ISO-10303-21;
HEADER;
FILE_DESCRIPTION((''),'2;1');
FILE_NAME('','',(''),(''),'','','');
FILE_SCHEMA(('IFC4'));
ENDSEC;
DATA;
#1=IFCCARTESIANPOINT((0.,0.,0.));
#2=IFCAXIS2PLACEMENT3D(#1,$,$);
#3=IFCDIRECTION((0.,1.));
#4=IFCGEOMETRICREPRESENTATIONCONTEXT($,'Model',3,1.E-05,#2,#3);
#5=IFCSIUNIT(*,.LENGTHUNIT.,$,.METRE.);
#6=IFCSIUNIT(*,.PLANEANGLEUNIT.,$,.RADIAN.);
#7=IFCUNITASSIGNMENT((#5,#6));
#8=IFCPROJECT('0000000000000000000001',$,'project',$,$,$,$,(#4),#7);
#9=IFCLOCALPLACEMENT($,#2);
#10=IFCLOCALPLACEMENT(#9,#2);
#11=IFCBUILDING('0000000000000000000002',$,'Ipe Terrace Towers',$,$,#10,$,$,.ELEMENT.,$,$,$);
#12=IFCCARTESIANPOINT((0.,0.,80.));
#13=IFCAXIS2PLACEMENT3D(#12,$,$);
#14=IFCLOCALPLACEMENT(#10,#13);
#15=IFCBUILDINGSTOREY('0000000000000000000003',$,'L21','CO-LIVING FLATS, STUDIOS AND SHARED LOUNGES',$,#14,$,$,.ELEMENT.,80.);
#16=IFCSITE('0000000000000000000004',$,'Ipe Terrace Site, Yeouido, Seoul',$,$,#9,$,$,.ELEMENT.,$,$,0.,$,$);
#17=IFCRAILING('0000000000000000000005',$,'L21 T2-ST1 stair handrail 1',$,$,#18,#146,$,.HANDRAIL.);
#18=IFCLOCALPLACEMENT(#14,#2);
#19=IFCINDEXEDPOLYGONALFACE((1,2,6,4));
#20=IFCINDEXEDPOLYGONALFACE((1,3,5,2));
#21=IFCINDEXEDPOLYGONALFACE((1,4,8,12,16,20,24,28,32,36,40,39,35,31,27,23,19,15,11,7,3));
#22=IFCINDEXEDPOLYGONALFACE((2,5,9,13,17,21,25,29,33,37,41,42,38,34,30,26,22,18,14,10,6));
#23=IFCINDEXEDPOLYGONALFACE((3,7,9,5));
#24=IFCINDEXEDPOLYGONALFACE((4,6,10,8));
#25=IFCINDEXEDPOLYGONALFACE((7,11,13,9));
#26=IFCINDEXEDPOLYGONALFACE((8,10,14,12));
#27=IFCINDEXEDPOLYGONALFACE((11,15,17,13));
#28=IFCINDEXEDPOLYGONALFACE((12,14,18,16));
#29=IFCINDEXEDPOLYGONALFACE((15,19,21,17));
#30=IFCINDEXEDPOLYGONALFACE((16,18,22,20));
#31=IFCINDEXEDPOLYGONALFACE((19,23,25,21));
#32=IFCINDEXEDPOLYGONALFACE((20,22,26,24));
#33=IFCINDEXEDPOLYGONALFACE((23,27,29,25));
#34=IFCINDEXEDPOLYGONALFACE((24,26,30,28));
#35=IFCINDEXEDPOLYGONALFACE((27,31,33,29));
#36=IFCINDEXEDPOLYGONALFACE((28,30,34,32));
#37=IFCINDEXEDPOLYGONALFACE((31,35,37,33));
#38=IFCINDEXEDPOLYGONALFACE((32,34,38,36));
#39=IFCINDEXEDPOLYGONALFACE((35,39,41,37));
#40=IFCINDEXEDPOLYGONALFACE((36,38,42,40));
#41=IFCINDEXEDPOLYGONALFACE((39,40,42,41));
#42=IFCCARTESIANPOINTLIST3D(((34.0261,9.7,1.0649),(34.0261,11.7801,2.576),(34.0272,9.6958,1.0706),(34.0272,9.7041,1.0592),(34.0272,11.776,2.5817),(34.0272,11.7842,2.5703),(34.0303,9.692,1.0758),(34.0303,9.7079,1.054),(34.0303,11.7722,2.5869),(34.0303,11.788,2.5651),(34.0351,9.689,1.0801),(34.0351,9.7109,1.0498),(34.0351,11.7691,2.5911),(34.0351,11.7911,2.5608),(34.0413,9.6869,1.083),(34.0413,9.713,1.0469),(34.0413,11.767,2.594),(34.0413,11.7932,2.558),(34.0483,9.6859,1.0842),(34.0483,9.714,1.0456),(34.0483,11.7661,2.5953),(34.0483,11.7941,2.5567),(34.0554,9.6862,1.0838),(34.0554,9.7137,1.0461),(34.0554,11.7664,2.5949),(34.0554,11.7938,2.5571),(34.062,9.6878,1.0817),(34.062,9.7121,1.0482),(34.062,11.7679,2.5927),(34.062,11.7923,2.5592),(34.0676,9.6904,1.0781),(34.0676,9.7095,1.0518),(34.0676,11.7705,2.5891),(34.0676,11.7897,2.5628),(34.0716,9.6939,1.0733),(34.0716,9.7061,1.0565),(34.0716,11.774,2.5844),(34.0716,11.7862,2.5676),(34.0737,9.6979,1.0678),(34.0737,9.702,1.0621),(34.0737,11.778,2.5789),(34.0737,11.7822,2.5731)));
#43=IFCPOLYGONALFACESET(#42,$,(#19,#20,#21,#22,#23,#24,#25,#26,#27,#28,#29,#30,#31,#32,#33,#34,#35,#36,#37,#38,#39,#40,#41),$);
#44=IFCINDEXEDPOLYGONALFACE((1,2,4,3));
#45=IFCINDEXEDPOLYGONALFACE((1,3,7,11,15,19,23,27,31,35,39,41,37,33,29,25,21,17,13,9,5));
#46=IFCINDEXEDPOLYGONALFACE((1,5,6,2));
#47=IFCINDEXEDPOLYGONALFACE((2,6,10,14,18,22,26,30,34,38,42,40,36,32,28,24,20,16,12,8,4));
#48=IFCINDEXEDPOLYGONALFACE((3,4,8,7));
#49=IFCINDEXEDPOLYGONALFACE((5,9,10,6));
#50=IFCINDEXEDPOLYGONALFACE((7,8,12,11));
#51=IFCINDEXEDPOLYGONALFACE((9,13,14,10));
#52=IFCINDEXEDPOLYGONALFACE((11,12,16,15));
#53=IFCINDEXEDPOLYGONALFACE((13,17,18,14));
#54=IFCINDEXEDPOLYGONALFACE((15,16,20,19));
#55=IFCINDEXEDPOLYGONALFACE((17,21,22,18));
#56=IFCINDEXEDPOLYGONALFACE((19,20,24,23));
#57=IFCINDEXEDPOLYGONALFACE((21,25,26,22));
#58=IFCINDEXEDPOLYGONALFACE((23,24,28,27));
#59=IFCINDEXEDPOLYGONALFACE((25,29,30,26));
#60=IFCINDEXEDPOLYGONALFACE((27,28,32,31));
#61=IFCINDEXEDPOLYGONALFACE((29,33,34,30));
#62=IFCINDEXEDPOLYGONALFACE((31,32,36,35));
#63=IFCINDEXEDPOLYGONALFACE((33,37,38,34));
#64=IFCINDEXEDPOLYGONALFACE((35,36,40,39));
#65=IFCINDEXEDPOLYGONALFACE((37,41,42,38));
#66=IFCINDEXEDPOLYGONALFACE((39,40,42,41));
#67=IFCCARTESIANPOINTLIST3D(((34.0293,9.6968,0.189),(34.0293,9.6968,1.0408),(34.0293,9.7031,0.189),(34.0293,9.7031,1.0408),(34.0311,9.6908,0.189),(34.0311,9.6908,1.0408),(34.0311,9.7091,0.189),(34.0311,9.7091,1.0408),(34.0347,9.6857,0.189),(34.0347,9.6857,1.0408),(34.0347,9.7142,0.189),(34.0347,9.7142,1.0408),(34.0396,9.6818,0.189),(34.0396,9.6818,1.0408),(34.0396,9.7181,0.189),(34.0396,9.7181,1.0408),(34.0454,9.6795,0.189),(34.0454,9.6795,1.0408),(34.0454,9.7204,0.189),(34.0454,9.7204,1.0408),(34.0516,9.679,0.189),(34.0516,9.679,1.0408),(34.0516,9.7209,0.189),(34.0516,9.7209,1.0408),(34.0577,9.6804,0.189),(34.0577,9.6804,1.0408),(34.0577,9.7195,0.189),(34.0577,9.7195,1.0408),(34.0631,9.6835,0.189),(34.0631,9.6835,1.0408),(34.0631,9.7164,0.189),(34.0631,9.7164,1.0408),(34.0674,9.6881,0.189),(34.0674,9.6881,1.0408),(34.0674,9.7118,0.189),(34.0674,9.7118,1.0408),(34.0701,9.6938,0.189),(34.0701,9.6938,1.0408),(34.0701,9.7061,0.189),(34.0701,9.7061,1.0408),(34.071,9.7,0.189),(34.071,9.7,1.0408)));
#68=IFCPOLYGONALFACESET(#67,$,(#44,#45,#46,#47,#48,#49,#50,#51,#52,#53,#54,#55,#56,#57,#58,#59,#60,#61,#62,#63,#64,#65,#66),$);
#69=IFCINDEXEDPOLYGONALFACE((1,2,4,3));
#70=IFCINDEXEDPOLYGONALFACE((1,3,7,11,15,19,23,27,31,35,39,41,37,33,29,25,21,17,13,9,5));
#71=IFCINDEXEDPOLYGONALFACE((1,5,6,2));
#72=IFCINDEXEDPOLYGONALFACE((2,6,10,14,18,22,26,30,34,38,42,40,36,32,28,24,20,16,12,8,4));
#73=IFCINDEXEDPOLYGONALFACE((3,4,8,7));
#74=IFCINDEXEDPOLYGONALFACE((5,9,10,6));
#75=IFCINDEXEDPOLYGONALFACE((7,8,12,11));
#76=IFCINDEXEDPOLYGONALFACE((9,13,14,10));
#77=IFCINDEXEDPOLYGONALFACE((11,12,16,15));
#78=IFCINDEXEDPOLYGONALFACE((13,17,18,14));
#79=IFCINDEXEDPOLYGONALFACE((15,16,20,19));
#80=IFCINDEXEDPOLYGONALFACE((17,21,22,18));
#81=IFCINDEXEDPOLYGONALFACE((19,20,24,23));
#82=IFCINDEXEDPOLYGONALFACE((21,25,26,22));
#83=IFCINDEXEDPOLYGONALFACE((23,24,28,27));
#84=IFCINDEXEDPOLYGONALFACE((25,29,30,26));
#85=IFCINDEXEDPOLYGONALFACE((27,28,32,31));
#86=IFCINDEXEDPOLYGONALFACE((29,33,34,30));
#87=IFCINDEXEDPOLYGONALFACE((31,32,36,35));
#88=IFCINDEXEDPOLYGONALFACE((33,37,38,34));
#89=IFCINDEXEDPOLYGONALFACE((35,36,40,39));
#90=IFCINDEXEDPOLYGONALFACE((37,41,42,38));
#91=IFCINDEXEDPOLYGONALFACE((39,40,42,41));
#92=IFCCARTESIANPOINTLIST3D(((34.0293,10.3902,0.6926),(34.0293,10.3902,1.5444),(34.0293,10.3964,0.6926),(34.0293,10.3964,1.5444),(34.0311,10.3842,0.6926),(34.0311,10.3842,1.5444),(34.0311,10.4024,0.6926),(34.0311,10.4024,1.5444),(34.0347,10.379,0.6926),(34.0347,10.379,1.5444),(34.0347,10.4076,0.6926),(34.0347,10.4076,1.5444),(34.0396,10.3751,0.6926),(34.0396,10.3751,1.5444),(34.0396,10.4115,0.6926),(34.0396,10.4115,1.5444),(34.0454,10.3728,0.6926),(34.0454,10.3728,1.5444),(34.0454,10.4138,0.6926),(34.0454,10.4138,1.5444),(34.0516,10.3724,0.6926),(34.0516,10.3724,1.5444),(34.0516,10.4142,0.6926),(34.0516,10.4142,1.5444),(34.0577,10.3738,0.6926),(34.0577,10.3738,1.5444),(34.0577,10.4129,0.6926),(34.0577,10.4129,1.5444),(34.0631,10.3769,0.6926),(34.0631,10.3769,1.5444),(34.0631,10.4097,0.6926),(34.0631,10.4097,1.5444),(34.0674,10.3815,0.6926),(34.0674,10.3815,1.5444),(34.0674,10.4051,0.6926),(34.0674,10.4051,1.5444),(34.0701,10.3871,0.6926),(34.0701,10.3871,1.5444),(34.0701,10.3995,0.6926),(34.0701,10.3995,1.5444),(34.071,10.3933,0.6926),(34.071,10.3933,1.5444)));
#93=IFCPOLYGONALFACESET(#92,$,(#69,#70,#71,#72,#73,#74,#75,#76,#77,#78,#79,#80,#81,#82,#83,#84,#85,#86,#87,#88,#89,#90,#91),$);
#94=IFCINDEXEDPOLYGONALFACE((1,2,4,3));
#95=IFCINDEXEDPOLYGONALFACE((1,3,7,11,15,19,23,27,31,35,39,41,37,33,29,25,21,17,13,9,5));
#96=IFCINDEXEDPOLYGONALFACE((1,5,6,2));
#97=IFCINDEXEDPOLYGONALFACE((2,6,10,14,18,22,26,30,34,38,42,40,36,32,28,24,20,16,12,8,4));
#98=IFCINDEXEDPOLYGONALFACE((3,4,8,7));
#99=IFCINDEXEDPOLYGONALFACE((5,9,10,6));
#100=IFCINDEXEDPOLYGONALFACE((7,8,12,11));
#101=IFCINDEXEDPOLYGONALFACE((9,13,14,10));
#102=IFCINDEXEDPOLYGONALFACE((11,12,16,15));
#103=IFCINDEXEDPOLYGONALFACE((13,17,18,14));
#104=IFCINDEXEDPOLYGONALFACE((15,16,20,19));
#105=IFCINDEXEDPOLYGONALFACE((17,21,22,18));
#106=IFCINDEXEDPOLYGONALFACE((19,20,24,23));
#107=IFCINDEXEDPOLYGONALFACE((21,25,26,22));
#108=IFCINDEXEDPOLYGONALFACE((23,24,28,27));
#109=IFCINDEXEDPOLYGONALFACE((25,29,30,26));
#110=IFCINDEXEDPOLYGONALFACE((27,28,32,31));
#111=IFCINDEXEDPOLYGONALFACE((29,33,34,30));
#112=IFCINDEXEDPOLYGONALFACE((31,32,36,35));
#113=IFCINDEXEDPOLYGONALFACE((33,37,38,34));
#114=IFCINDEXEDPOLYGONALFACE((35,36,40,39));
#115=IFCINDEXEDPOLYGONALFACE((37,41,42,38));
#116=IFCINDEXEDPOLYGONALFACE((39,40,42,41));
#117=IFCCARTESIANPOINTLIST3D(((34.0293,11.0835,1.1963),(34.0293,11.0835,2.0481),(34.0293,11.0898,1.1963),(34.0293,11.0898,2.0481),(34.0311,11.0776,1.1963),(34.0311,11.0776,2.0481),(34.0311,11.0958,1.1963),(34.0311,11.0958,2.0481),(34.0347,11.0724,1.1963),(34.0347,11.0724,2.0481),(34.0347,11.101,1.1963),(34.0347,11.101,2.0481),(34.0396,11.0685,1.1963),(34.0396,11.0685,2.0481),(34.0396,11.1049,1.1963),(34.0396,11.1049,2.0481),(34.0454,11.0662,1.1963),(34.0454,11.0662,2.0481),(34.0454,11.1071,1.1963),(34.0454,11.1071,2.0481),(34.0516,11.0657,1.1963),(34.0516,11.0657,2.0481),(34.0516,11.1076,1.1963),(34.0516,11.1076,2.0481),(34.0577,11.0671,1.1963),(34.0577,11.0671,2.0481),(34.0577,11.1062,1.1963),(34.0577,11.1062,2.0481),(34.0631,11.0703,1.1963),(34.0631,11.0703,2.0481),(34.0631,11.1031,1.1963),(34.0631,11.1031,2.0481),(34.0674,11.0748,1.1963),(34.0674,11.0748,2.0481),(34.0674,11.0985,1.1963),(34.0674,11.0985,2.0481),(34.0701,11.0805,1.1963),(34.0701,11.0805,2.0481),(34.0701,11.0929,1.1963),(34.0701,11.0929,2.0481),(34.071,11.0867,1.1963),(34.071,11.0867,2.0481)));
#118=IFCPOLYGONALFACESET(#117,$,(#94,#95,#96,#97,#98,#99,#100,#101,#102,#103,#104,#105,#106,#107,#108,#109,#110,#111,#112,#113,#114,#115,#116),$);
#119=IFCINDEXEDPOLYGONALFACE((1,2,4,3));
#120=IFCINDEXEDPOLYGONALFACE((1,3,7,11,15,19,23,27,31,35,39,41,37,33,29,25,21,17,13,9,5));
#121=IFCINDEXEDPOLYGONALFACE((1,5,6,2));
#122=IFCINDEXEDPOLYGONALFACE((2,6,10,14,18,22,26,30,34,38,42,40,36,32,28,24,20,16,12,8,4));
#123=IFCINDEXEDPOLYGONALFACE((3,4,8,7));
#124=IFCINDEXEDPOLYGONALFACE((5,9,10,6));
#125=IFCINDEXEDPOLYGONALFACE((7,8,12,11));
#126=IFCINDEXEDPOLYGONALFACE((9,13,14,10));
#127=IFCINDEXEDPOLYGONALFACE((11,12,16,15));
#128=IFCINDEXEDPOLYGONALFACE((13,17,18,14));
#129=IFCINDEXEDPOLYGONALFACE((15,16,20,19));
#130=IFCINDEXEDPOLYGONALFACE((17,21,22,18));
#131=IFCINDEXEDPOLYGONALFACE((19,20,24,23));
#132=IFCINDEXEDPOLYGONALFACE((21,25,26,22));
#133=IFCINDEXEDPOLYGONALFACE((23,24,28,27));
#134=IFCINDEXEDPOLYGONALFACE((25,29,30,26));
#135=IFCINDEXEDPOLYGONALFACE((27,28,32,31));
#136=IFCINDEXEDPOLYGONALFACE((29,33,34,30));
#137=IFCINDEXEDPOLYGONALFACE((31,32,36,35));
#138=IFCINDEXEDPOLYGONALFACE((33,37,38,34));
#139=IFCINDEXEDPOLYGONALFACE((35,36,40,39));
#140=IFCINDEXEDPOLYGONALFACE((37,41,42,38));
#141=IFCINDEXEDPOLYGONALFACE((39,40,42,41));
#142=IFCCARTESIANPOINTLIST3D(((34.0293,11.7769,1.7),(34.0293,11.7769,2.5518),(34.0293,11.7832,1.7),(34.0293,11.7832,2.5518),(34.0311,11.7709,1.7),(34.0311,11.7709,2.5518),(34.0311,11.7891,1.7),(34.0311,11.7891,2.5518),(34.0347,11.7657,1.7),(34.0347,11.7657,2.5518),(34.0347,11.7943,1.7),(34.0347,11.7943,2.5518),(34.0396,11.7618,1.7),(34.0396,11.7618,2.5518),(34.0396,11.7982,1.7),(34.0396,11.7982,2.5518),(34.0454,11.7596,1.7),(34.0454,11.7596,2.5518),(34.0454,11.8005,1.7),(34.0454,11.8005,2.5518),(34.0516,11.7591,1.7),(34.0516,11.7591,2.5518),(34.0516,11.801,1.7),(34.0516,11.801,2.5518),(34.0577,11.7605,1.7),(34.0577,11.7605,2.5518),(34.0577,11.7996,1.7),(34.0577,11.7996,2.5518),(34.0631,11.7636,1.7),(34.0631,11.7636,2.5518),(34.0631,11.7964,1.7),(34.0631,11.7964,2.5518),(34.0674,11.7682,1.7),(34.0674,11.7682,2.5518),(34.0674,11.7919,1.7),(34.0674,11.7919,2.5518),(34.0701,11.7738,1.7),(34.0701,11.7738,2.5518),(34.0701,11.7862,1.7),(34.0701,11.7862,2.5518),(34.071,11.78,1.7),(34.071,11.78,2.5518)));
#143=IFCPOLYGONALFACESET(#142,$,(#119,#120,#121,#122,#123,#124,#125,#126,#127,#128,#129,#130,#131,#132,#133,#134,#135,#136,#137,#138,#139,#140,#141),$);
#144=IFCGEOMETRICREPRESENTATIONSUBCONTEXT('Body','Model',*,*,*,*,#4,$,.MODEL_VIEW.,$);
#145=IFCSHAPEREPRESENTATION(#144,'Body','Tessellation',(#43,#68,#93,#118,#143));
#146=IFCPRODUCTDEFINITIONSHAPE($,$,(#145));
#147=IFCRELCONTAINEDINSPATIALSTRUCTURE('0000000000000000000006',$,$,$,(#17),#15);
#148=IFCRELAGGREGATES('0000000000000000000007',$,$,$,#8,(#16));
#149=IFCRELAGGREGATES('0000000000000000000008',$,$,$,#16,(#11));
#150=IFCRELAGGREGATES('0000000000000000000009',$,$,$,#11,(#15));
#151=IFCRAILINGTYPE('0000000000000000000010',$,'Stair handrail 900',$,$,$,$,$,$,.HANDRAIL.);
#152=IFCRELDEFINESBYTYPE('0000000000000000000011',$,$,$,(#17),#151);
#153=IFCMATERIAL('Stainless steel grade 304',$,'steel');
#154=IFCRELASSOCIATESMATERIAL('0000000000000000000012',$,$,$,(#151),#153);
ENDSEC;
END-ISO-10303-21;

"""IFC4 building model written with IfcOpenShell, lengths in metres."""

from ifc_helpers import new_model, si_unit, direction, frame, origin, origin_2d, place, context, subcontext, project, spatial, circle, extrude, material, type_object, element, save


model = new_model("IFC4")

# Units and contexts
model_context = context("Model", 3, precision=1e-05, world=origin(), true_north=direction((0.0, 1.0)))
body_context = subcontext(model_context, "Body", "Model", "MODEL_VIEW")
ifc_project = project(units=[si_unit("LENGTHUNIT", "METRE"), si_unit("PLANEANGLEUNIT", "RADIAN")], contexts=[model_context])

# Site, building, storey
site_placement = place(None, origin())
site = spatial("IfcSite", under=ifc_project, at=site_placement, Name="Ipe Terrace Site, Yeouido, Seoul", CompositionType="ELEMENT", RefElevation=0.0)
building_placement = place(site_placement, origin())
building = spatial("IfcBuilding", under=site, at=building_placement, Name="Ipe Terrace Towers", CompositionType="ELEMENT")
storey_placement = place(building_placement, frame((0.0, 0.0, 80.0)))
storey = spatial("IfcBuildingStorey", under=building, at=storey_placement, Name="L21", Description="CO-LIVING FLATS, STUDIOS AND SHARED LOUNGES", CompositionType="ELEMENT", Elevation=80.0)

# Railing
ifc_material_1 = material(Name="Stainless steel grade 304", Category="steel")
railing_type_1 = type_object("IfcRailingType", Name="Stair handrail 900", PredefinedType="HANDRAIL", material=ifc_material_1)
railing_1_placement = place(storey_placement, frame((34.05, 9.7, 0.189)))
element("IfcRailing", 1, at=railing_1_placement, inside=storey, type_object=railing_type_1, Name="L21 T2-ST1 stair handrail 1", PredefinedType="HANDRAIL", context=body_context, shape_type="SweptSolid", body=[
    extrude(circle(Radius=0.0239, at=origin_2d()), frame((0.0, 0.0, 0.876), z_axis=(0.0, 0.809069, 0.587714), x_axis=(-1.0, 0.0, 0.0)), (0.0, 0.0, 1.0), 2.571),
    extrude(circle(Radius=0.021, at=origin_2d()), origin(), (0.0, 0.0, 1.0), 0.8518),
    extrude(circle(Radius=0.021, at=origin_2d()), frame((0.0, 0.6934, 0.5037)), (0.0, 0.0, 1.0), 0.8518),
    extrude(circle(Radius=0.021, at=origin_2d()), frame((0.0, 1.3867, 1.0073)), (0.0, 0.0, 1.0), 0.8518),
    extrude(circle(Radius=0.021, at=origin_2d()), frame((0.0, 2.0801, 1.511)), (0.0, 0.0, 1.0), 0.8518),
])

save(model, "model.ifc")
